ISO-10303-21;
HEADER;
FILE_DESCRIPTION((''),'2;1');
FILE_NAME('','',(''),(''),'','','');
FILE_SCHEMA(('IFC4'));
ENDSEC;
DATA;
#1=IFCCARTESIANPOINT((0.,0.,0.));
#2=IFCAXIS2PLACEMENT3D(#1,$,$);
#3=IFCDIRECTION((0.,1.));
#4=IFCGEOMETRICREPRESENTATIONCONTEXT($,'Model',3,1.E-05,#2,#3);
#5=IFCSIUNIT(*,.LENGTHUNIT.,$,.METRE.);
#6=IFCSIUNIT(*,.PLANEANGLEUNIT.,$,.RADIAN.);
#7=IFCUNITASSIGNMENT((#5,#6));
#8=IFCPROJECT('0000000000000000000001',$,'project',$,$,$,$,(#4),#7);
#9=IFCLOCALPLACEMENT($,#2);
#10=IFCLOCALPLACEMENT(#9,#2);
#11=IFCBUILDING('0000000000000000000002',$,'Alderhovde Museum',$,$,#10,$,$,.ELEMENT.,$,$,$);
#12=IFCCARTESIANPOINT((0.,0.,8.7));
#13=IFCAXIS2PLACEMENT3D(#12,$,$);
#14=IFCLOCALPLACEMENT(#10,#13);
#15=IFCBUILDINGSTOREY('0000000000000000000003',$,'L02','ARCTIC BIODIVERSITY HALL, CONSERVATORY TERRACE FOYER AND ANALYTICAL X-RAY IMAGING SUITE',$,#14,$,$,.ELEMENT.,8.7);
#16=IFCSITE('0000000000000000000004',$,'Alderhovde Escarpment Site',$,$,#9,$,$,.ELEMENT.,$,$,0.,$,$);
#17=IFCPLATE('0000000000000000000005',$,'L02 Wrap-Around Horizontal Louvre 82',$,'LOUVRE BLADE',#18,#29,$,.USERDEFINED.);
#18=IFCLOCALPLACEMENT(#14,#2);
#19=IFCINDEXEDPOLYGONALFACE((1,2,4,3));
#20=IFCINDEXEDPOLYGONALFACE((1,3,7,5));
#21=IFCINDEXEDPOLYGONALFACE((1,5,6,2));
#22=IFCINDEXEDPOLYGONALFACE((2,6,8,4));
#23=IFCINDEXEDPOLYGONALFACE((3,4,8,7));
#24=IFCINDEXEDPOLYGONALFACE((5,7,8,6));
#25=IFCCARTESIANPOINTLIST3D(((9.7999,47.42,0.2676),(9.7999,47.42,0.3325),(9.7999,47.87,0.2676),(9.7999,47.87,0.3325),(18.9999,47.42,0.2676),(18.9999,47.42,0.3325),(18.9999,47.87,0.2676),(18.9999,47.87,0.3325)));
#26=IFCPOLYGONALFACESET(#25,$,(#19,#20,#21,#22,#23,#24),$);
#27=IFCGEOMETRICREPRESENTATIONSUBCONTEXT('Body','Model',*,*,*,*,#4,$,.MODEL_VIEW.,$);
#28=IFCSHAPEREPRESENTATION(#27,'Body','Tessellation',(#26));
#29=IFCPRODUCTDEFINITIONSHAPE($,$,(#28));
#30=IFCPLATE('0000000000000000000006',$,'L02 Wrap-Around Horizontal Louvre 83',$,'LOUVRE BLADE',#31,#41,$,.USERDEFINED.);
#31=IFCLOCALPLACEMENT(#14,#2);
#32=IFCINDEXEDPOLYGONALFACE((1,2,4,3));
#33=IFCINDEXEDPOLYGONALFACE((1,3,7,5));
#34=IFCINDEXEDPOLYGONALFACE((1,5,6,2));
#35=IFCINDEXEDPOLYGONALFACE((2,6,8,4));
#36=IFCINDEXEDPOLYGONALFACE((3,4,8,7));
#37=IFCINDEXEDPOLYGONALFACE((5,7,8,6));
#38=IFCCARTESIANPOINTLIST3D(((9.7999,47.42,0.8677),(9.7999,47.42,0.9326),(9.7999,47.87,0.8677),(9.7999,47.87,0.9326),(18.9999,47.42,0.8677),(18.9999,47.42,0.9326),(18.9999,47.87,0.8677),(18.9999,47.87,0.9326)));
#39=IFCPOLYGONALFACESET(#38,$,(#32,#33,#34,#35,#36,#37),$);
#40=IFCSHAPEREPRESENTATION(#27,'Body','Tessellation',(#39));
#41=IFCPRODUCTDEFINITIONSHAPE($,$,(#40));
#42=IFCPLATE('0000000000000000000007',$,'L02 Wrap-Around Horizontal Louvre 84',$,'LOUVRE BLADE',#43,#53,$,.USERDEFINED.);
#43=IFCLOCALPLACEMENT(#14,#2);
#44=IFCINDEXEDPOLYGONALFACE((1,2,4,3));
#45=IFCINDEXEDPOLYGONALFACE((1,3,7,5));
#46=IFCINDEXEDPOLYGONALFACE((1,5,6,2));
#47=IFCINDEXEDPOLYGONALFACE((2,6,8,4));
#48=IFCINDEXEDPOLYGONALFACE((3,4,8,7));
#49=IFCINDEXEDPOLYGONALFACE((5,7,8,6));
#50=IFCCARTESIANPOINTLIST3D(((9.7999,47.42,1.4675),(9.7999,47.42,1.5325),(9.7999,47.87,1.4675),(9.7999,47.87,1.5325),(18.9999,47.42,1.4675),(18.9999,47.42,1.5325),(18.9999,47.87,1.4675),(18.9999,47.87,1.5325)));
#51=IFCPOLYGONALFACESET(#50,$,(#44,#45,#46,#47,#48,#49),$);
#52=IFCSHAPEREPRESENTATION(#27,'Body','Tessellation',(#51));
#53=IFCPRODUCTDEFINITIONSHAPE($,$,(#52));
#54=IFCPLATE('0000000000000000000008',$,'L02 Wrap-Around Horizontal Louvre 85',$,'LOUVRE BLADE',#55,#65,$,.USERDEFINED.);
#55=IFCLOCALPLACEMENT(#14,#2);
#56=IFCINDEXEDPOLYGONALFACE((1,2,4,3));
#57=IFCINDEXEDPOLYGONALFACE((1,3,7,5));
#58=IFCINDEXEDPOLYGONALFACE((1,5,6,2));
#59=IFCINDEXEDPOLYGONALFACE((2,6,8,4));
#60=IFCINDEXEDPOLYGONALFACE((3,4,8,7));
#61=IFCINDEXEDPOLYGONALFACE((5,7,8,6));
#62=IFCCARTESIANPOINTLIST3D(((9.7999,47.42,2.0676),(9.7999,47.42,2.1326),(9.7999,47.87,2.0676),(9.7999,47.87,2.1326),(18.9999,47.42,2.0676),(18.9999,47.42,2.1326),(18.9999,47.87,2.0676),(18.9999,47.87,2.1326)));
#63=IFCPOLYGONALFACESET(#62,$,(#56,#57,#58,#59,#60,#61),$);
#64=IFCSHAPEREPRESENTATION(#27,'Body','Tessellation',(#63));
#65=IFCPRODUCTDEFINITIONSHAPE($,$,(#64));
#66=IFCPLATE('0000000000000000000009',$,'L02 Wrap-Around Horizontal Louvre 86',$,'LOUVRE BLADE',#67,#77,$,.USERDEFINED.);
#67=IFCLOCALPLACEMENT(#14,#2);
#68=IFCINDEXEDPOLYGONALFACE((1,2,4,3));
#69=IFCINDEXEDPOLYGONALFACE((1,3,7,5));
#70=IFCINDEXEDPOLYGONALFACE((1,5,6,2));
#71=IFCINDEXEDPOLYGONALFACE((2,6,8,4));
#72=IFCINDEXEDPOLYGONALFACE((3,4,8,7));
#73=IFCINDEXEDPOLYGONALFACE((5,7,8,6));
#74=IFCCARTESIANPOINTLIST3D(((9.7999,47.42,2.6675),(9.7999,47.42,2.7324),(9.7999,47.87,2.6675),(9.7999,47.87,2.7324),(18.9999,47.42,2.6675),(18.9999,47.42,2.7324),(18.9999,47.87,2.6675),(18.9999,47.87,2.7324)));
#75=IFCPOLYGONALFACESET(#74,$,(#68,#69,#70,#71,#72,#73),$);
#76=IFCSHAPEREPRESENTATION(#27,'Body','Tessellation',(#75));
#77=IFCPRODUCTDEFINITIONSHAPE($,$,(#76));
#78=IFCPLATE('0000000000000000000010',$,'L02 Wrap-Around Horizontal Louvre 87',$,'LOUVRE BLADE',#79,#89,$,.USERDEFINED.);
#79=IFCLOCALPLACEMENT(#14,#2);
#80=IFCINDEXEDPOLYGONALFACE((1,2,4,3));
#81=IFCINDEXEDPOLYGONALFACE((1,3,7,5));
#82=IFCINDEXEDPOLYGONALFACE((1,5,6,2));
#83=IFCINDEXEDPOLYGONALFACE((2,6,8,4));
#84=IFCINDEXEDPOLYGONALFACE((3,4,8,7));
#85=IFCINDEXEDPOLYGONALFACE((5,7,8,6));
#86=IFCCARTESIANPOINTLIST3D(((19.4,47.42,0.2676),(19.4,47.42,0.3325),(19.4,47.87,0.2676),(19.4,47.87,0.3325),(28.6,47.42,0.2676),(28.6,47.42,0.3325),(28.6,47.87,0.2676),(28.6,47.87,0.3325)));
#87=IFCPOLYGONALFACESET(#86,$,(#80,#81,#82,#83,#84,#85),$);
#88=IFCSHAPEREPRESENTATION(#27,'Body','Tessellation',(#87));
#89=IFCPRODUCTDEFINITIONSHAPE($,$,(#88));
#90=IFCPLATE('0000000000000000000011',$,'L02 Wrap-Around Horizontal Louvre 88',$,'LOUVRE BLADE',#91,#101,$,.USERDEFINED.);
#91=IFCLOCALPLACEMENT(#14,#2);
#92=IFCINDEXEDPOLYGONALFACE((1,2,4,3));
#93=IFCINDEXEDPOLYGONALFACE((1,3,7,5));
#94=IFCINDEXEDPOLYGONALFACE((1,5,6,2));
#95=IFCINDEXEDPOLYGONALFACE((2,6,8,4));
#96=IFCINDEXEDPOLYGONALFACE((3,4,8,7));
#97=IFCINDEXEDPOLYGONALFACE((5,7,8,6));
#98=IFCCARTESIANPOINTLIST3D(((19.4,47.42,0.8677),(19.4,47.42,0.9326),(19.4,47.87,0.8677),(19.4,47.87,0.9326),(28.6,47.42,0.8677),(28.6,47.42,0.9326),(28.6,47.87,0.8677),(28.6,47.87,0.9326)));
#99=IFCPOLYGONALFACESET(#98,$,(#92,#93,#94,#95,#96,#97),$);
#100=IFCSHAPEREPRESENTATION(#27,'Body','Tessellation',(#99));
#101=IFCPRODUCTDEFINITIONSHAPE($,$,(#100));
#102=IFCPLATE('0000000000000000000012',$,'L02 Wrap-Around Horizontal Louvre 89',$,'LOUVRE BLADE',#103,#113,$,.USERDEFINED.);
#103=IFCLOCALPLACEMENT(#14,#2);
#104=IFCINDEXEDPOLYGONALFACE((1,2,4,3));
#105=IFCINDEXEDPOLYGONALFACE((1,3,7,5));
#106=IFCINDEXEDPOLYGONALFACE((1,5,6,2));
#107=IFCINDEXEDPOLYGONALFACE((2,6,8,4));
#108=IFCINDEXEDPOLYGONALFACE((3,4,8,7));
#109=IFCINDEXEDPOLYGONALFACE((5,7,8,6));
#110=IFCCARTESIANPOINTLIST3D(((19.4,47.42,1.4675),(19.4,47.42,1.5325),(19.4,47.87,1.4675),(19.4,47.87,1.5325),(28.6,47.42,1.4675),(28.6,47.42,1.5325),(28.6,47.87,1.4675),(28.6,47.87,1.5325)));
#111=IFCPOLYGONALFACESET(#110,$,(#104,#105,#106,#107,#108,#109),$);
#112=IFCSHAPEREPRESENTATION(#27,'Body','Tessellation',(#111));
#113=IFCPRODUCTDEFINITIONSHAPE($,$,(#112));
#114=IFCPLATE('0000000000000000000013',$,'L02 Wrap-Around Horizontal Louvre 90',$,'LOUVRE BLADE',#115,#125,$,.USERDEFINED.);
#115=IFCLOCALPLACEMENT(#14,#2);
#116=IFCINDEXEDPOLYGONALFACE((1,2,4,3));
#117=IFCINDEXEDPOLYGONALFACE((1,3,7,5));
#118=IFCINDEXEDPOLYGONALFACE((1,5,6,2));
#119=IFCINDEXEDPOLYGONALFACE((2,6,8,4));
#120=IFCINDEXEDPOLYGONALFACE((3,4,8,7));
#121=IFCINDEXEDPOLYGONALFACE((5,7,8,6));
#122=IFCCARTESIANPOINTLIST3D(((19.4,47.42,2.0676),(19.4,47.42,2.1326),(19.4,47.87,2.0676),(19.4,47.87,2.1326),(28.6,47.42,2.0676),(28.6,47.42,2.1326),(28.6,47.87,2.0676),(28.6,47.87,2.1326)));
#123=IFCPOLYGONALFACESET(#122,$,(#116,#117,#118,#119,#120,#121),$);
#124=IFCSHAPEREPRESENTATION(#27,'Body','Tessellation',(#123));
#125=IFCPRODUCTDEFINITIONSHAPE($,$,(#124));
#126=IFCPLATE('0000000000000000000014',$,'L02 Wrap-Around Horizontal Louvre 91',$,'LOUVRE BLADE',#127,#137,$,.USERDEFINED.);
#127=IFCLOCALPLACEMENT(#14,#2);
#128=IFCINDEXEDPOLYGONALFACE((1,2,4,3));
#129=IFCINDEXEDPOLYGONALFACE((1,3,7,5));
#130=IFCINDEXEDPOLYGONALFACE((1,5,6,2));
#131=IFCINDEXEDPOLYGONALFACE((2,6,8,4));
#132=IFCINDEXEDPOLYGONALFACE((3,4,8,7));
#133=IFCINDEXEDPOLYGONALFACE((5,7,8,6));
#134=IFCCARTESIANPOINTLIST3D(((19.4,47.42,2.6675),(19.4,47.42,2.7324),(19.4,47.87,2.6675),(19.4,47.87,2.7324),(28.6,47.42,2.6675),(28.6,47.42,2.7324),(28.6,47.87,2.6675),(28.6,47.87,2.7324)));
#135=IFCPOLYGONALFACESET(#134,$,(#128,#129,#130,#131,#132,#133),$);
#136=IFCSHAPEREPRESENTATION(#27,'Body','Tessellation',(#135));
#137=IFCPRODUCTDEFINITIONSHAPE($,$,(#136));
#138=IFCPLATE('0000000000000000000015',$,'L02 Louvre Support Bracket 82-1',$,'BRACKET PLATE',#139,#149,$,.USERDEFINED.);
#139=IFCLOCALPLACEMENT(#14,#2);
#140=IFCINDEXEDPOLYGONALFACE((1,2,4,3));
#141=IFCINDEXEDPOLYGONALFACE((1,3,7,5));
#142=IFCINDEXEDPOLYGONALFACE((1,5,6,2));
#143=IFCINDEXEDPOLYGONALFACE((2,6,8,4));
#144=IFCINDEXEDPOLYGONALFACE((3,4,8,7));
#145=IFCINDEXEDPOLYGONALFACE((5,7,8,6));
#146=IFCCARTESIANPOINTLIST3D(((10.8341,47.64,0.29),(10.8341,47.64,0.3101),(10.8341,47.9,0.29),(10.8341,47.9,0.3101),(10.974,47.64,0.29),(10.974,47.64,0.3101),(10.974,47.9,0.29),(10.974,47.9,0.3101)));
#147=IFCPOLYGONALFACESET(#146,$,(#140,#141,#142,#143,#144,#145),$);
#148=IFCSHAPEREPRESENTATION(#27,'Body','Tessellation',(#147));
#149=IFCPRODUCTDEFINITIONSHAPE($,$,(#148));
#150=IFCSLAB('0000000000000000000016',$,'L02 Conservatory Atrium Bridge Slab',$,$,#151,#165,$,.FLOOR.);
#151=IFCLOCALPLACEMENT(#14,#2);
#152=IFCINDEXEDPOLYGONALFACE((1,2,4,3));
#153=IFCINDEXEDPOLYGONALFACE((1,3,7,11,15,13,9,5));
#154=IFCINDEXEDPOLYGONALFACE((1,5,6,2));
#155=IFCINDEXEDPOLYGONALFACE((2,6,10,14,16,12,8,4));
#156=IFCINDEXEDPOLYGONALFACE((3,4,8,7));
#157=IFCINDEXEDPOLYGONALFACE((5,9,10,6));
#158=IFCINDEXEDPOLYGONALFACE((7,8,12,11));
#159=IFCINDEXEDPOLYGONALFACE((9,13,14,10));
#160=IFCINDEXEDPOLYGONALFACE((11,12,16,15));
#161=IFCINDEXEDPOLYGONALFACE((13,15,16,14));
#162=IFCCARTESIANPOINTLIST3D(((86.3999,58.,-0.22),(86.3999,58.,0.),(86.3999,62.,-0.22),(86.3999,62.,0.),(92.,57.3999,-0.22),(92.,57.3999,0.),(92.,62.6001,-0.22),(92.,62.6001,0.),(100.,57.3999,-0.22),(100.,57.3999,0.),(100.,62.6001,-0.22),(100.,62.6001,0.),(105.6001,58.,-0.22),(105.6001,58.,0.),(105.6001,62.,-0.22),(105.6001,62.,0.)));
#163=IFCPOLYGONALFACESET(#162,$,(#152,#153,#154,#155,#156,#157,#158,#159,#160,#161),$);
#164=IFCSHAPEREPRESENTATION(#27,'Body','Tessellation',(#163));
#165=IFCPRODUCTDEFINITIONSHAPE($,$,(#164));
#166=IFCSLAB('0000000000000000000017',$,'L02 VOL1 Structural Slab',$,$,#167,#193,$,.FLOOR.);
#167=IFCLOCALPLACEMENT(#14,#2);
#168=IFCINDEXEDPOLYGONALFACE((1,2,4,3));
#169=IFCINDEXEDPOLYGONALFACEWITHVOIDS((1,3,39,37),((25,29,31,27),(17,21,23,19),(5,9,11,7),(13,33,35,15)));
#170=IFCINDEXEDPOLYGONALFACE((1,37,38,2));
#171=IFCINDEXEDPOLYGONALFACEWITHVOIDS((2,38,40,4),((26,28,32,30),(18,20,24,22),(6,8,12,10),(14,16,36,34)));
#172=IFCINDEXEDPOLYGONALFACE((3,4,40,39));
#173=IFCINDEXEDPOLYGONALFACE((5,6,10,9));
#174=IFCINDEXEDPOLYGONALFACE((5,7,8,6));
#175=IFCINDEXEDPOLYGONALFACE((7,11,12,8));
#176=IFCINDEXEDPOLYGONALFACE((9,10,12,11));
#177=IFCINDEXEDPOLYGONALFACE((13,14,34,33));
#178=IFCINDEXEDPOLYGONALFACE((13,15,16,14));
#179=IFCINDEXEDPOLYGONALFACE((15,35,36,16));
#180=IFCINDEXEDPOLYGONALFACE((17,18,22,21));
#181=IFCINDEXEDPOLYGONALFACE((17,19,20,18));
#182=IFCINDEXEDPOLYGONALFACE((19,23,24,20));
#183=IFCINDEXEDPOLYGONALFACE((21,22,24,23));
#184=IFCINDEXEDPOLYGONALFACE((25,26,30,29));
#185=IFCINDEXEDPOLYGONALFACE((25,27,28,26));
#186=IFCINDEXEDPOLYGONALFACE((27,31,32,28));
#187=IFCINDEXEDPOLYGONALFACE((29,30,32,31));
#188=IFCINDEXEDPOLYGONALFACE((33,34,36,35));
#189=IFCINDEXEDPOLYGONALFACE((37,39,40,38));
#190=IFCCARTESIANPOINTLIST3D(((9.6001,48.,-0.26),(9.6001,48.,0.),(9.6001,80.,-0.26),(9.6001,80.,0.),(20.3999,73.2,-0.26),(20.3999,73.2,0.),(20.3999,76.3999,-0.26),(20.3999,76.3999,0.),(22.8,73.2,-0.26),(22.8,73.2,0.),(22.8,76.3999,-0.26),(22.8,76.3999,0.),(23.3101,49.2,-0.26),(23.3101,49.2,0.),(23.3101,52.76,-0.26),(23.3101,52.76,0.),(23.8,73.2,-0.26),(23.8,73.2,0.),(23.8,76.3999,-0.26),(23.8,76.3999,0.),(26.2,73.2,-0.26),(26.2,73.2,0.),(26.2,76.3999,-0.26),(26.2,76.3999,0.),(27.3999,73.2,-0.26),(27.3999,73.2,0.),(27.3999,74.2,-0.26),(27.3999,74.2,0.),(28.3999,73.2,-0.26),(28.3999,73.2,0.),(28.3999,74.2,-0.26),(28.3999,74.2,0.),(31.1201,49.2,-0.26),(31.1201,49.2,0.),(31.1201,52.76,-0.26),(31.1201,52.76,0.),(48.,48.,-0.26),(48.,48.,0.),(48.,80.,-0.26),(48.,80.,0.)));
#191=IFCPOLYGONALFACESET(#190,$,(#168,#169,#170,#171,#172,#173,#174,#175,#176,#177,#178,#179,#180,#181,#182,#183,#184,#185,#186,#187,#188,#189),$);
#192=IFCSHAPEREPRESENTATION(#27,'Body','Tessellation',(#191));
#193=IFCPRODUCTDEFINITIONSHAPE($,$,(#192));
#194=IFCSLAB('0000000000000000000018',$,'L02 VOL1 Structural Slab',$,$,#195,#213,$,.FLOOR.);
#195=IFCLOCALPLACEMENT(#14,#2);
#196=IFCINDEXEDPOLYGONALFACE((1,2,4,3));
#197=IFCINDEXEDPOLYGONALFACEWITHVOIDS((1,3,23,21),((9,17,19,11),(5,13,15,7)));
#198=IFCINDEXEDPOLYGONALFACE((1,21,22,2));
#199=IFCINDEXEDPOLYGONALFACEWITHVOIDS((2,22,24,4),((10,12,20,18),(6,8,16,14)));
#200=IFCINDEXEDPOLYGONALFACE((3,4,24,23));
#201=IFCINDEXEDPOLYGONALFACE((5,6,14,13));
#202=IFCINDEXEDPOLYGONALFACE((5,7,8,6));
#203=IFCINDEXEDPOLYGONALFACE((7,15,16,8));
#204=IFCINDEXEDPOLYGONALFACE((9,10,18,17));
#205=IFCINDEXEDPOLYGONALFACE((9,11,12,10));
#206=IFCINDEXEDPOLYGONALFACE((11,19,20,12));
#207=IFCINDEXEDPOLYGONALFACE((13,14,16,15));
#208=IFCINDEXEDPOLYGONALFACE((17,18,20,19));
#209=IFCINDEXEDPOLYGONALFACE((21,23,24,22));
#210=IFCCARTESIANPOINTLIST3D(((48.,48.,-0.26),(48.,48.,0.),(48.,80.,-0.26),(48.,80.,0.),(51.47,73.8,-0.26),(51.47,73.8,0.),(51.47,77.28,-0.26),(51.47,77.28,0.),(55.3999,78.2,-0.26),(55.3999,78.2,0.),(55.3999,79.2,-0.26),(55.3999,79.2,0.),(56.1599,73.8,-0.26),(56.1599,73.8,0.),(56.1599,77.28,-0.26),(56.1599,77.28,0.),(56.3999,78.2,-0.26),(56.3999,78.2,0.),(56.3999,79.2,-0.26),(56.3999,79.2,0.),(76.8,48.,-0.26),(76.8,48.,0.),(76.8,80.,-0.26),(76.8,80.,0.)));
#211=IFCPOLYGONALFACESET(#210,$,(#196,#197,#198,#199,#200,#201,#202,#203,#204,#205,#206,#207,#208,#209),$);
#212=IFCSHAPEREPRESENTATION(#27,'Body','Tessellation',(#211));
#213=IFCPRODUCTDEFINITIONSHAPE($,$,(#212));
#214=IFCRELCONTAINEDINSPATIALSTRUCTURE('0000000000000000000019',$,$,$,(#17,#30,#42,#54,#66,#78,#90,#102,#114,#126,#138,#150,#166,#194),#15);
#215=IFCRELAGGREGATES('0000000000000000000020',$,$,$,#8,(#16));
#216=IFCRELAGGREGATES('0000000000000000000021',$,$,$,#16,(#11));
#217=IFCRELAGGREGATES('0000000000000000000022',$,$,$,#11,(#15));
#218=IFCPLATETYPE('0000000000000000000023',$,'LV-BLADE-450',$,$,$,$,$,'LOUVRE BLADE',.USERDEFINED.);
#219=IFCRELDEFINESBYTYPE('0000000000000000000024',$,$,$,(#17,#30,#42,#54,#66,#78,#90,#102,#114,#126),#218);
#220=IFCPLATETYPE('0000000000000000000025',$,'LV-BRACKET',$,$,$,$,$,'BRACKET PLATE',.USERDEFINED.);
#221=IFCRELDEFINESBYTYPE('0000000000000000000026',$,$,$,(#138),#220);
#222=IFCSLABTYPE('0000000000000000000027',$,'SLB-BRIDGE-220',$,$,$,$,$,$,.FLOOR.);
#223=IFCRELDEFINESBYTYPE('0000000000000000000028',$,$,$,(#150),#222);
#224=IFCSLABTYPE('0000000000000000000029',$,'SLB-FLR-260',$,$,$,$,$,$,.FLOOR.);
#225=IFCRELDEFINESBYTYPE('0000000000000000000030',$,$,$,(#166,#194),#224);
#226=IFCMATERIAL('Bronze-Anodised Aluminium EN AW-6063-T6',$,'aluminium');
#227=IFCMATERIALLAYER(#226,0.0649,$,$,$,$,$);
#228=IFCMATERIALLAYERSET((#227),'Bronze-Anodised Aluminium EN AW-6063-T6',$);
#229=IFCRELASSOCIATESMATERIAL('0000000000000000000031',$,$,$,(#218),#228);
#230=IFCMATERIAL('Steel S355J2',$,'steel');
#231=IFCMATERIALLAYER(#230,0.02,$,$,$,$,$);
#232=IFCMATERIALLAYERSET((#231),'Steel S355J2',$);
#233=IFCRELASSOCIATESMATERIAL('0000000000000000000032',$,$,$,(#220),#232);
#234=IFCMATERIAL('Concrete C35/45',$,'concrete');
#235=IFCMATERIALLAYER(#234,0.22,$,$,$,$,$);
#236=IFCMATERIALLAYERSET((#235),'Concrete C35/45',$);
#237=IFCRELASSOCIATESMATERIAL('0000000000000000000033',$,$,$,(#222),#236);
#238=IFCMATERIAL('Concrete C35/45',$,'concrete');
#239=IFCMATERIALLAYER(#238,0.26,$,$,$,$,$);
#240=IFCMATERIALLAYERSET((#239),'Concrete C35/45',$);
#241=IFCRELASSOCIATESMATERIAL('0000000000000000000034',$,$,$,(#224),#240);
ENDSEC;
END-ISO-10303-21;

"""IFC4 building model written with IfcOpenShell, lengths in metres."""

from ifc_helpers import new_model, si_unit, direction, frame, origin, origin_2d, place, context, subcontext, project, spatial, polyline, rectangle, outline, extrude, material, layer, layer_set, type_object, element, save


model = new_model("IFC4")

# Units and contexts
model_context = context("Model", 3, precision=1e-05, world=origin(), true_north=direction((0.0, 1.0)))
body_context = subcontext(model_context, "Body", "Model", "MODEL_VIEW")
ifc_project = project(units=[si_unit("LENGTHUNIT", "METRE"), si_unit("PLANEANGLEUNIT", "RADIAN")], contexts=[model_context])

# Site, building, storey
site_placement = place(None, origin())
site = spatial("IfcSite", under=ifc_project, at=site_placement, Name="Alderhovde Escarpment Site", CompositionType="ELEMENT", RefElevation=0.0)
building_placement = place(site_placement, origin())
building = spatial("IfcBuilding", under=site, at=building_placement, Name="Alderhovde Museum", CompositionType="ELEMENT")
storey_placement = place(building_placement, frame((0.0, 0.0, 8.7)))
storey = spatial("IfcBuildingStorey", under=building, at=storey_placement, Name="L02", Description="ARCTIC BIODIVERSITY HALL, CONSERVATORY TERRACE FOYER AND ANALYTICAL X-RAY IMAGING SUITE", CompositionType="ELEMENT", Elevation=8.7)

# Plates
ifc_material_1 = material(Name="Bronze-Anodised Aluminium EN AW-6063-T6", Category="aluminium")
ifc_layer_1 = layer(ifc_material_1, 0.0649)
ifc_layer_set_1 = layer_set([ifc_layer_1], Name="Bronze-Anodised Aluminium EN AW-6063-T6")
plate_type_1 = type_object("IfcPlateType", Name="LV-BLADE-450", ElementType="LOUVRE BLADE", PredefinedType="USERDEFINED", material=ifc_layer_set_1)
for number, where, z_axis, x_axis, name in (
    (1, (14.3999, 47.645, 0.2676), (0.0, 0.0, 1.0), (1.0, 0.0, 0.0), "L02 Wrap-Around Horizontal Louvre 82"),
    (2, (14.3999, 47.645, 0.8677), (0.0, 0.0, 1.0), (1.0, 0.0, 0.0), "L02 Wrap-Around Horizontal Louvre 83"),
    (3, (14.3999, 47.645, 1.4675), (0.0, 0.0, 1.0), (1.0, 0.0, 0.0), "L02 Wrap-Around Horizontal Louvre 84"),
    (4, (14.3999, 47.645, 2.0676), (0.0, 0.0, 1.0), (1.0, 0.0, 0.0), "L02 Wrap-Around Horizontal Louvre 85"),
    (5, (14.3999, 47.645, 2.6675), (0.0, 0.0, 1.0), (1.0, 0.0, 0.0), "L02 Wrap-Around Horizontal Louvre 86"),
    (6, (24.0, 47.645, 0.2676), (0.0, 0.0, 1.0), (1.0, 0.0, 0.0), "L02 Wrap-Around Horizontal Louvre 87"),
    (7, (24.0, 47.645, 0.8677), (0.0, 0.0, 1.0), (1.0, 0.0, 0.0), "L02 Wrap-Around Horizontal Louvre 88"),
    (8, (24.0, 47.645, 1.4675), (0.0, 0.0, 1.0), (1.0, 0.0, 0.0), "L02 Wrap-Around Horizontal Louvre 89"),
    (9, (24.0, 47.645, 2.0676), (0.0, 0.0, 1.0), (1.0, 0.0, 0.0), "L02 Wrap-Around Horizontal Louvre 90"),
    (10, (24.0, 47.645, 2.6675), (0.0, 0.0, 1.0), (1.0, 0.0, 0.0), "L02 Wrap-Around Horizontal Louvre 91"),
):
    element("IfcPlate", number, at=place(storey_placement, frame(where, z_axis=z_axis, x_axis=x_axis)), inside=storey, type_object=plate_type_1, Name=name, ObjectType="LOUVRE BLADE", PredefinedType="USERDEFINED", context=body_context, shape_type="SweptSolid", body=[
        extrude(rectangle(XDim=9.2, YDim=0.45, at=origin_2d()), origin(), (0.0, 0.0, 1.0), 0.0649),
    ])
ifc_material_2 = material(Name="Steel S355J2", Category="steel")
ifc_layer_2 = layer(ifc_material_2, 0.02)
ifc_layer_set_2 = layer_set([ifc_layer_2], Name="Steel S355J2")
plate_type_2 = type_object("IfcPlateType", Name="LV-BRACKET", ElementType="BRACKET PLATE", PredefinedType="USERDEFINED", material=ifc_layer_set_2)
plate_placement = place(storey_placement, frame((10.9041, 47.77, 0.29), z_axis=(0.0, 0.0, 1.0), x_axis=(1.0, 0.0, 0.0)))
element("IfcPlate", 11, at=plate_placement, inside=storey, type_object=plate_type_2, Name="L02 Louvre Support Bracket 82-1", ObjectType="BRACKET PLATE", PredefinedType="USERDEFINED", context=body_context, shape_type="SweptSolid", body=[
    extrude(rectangle(XDim=0.1399, YDim=0.26, at=origin_2d()), origin(), (0.0, 0.0, 1.0), 0.02),
])

# Slabs
ifc_material_3 = material(Name="Concrete C35/45", Category="concrete")
ifc_layer_3 = layer(ifc_material_3, 0.22)
ifc_layer_set_3 = layer_set([ifc_layer_3], Name="Concrete C35/45")
slab_type_1 = type_object("IfcSlabType", Name="SLB-BRIDGE-220", PredefinedType="FLOOR", material=ifc_layer_set_3)
slab_1_placement = place(storey_placement, frame((0.0, 0.0, -0.22)))
element("IfcSlab", 12, at=slab_1_placement, inside=storey, type_object=slab_type_1, Name="L02 Conservatory Atrium Bridge Slab", PredefinedType="FLOOR", context=body_context, shape_type="SweptSolid", body=[
    extrude(outline(polyline([(86.3999, 58.0), (92.0, 57.3999), (100.0, 57.3999), (105.6001, 58.0), (105.6001, 62.0), (100.0, 62.6001), (92.0, 62.6001), (86.3999, 62.0), (86.3999, 58.0)])), origin(), (0.0, 0.0, 1.0), 0.22),
])
ifc_material_4 = material(Name="Concrete C35/45", Category="concrete")
ifc_layer_4 = layer(ifc_material_4, 0.26)
ifc_layer_set_4 = layer_set([ifc_layer_4], Name="Concrete C35/45")
slab_type_2 = type_object("IfcSlabType", Name="SLB-FLR-260", PredefinedType="FLOOR", material=ifc_layer_set_4)
slab_2_placement = place(storey_placement, frame((0.0, 0.0, -0.26)))
element("IfcSlab", 13, at=slab_2_placement, inside=storey, type_object=slab_type_2, Name="L02 VOL1 Structural Slab", PredefinedType="FLOOR", context=body_context, shape_type="SweptSolid", body=[
    extrude(outline(polyline([(9.6001, 48.0), (48.0, 48.0), (48.0, 80.0), (9.6001, 80.0), (9.6001, 48.0)]), holes=[polyline([(23.3101, 49.2), (31.1201, 49.2), (31.1201, 52.76), (23.3101, 52.76), (23.3101, 49.2)]), polyline([(20.3999, 73.2), (22.8, 73.2), (22.8, 76.3999), (20.3999, 76.3999), (20.3999, 73.2)]), polyline([(23.8, 73.2), (26.2, 73.2), (26.2, 76.3999), (23.8, 76.3999), (23.8, 73.2)]), polyline([(27.3999, 73.2), (28.3999, 73.2), (28.3999, 74.2), (27.3999, 74.2), (27.3999, 73.2)])]), origin(), (0.0, 0.0, 1.0), 0.26),
])
slab_3_placement = place(storey_placement, frame((0.0, 0.0, -0.26)))
element("IfcSlab", 14, at=slab_3_placement, inside=storey, type_object=slab_type_2, Name="L02 VOL1 Structural Slab", PredefinedType="FLOOR", context=body_context, shape_type="SweptSolid", body=[
    extrude(outline(polyline([(48.0, 48.0), (76.8, 48.0), (76.8, 80.0), (48.0, 80.0), (48.0, 48.0)]), holes=[polyline([(51.47, 73.8), (56.1599, 73.8), (56.1599, 77.28), (51.47, 77.28), (51.47, 73.8)]), polyline([(55.3999, 78.2), (56.3999, 78.2), (56.3999, 79.2), (55.3999, 79.2), (55.3999, 78.2)])]), origin(), (0.0, 0.0, 1.0), 0.26),
])

save(model, "model.ifc")
